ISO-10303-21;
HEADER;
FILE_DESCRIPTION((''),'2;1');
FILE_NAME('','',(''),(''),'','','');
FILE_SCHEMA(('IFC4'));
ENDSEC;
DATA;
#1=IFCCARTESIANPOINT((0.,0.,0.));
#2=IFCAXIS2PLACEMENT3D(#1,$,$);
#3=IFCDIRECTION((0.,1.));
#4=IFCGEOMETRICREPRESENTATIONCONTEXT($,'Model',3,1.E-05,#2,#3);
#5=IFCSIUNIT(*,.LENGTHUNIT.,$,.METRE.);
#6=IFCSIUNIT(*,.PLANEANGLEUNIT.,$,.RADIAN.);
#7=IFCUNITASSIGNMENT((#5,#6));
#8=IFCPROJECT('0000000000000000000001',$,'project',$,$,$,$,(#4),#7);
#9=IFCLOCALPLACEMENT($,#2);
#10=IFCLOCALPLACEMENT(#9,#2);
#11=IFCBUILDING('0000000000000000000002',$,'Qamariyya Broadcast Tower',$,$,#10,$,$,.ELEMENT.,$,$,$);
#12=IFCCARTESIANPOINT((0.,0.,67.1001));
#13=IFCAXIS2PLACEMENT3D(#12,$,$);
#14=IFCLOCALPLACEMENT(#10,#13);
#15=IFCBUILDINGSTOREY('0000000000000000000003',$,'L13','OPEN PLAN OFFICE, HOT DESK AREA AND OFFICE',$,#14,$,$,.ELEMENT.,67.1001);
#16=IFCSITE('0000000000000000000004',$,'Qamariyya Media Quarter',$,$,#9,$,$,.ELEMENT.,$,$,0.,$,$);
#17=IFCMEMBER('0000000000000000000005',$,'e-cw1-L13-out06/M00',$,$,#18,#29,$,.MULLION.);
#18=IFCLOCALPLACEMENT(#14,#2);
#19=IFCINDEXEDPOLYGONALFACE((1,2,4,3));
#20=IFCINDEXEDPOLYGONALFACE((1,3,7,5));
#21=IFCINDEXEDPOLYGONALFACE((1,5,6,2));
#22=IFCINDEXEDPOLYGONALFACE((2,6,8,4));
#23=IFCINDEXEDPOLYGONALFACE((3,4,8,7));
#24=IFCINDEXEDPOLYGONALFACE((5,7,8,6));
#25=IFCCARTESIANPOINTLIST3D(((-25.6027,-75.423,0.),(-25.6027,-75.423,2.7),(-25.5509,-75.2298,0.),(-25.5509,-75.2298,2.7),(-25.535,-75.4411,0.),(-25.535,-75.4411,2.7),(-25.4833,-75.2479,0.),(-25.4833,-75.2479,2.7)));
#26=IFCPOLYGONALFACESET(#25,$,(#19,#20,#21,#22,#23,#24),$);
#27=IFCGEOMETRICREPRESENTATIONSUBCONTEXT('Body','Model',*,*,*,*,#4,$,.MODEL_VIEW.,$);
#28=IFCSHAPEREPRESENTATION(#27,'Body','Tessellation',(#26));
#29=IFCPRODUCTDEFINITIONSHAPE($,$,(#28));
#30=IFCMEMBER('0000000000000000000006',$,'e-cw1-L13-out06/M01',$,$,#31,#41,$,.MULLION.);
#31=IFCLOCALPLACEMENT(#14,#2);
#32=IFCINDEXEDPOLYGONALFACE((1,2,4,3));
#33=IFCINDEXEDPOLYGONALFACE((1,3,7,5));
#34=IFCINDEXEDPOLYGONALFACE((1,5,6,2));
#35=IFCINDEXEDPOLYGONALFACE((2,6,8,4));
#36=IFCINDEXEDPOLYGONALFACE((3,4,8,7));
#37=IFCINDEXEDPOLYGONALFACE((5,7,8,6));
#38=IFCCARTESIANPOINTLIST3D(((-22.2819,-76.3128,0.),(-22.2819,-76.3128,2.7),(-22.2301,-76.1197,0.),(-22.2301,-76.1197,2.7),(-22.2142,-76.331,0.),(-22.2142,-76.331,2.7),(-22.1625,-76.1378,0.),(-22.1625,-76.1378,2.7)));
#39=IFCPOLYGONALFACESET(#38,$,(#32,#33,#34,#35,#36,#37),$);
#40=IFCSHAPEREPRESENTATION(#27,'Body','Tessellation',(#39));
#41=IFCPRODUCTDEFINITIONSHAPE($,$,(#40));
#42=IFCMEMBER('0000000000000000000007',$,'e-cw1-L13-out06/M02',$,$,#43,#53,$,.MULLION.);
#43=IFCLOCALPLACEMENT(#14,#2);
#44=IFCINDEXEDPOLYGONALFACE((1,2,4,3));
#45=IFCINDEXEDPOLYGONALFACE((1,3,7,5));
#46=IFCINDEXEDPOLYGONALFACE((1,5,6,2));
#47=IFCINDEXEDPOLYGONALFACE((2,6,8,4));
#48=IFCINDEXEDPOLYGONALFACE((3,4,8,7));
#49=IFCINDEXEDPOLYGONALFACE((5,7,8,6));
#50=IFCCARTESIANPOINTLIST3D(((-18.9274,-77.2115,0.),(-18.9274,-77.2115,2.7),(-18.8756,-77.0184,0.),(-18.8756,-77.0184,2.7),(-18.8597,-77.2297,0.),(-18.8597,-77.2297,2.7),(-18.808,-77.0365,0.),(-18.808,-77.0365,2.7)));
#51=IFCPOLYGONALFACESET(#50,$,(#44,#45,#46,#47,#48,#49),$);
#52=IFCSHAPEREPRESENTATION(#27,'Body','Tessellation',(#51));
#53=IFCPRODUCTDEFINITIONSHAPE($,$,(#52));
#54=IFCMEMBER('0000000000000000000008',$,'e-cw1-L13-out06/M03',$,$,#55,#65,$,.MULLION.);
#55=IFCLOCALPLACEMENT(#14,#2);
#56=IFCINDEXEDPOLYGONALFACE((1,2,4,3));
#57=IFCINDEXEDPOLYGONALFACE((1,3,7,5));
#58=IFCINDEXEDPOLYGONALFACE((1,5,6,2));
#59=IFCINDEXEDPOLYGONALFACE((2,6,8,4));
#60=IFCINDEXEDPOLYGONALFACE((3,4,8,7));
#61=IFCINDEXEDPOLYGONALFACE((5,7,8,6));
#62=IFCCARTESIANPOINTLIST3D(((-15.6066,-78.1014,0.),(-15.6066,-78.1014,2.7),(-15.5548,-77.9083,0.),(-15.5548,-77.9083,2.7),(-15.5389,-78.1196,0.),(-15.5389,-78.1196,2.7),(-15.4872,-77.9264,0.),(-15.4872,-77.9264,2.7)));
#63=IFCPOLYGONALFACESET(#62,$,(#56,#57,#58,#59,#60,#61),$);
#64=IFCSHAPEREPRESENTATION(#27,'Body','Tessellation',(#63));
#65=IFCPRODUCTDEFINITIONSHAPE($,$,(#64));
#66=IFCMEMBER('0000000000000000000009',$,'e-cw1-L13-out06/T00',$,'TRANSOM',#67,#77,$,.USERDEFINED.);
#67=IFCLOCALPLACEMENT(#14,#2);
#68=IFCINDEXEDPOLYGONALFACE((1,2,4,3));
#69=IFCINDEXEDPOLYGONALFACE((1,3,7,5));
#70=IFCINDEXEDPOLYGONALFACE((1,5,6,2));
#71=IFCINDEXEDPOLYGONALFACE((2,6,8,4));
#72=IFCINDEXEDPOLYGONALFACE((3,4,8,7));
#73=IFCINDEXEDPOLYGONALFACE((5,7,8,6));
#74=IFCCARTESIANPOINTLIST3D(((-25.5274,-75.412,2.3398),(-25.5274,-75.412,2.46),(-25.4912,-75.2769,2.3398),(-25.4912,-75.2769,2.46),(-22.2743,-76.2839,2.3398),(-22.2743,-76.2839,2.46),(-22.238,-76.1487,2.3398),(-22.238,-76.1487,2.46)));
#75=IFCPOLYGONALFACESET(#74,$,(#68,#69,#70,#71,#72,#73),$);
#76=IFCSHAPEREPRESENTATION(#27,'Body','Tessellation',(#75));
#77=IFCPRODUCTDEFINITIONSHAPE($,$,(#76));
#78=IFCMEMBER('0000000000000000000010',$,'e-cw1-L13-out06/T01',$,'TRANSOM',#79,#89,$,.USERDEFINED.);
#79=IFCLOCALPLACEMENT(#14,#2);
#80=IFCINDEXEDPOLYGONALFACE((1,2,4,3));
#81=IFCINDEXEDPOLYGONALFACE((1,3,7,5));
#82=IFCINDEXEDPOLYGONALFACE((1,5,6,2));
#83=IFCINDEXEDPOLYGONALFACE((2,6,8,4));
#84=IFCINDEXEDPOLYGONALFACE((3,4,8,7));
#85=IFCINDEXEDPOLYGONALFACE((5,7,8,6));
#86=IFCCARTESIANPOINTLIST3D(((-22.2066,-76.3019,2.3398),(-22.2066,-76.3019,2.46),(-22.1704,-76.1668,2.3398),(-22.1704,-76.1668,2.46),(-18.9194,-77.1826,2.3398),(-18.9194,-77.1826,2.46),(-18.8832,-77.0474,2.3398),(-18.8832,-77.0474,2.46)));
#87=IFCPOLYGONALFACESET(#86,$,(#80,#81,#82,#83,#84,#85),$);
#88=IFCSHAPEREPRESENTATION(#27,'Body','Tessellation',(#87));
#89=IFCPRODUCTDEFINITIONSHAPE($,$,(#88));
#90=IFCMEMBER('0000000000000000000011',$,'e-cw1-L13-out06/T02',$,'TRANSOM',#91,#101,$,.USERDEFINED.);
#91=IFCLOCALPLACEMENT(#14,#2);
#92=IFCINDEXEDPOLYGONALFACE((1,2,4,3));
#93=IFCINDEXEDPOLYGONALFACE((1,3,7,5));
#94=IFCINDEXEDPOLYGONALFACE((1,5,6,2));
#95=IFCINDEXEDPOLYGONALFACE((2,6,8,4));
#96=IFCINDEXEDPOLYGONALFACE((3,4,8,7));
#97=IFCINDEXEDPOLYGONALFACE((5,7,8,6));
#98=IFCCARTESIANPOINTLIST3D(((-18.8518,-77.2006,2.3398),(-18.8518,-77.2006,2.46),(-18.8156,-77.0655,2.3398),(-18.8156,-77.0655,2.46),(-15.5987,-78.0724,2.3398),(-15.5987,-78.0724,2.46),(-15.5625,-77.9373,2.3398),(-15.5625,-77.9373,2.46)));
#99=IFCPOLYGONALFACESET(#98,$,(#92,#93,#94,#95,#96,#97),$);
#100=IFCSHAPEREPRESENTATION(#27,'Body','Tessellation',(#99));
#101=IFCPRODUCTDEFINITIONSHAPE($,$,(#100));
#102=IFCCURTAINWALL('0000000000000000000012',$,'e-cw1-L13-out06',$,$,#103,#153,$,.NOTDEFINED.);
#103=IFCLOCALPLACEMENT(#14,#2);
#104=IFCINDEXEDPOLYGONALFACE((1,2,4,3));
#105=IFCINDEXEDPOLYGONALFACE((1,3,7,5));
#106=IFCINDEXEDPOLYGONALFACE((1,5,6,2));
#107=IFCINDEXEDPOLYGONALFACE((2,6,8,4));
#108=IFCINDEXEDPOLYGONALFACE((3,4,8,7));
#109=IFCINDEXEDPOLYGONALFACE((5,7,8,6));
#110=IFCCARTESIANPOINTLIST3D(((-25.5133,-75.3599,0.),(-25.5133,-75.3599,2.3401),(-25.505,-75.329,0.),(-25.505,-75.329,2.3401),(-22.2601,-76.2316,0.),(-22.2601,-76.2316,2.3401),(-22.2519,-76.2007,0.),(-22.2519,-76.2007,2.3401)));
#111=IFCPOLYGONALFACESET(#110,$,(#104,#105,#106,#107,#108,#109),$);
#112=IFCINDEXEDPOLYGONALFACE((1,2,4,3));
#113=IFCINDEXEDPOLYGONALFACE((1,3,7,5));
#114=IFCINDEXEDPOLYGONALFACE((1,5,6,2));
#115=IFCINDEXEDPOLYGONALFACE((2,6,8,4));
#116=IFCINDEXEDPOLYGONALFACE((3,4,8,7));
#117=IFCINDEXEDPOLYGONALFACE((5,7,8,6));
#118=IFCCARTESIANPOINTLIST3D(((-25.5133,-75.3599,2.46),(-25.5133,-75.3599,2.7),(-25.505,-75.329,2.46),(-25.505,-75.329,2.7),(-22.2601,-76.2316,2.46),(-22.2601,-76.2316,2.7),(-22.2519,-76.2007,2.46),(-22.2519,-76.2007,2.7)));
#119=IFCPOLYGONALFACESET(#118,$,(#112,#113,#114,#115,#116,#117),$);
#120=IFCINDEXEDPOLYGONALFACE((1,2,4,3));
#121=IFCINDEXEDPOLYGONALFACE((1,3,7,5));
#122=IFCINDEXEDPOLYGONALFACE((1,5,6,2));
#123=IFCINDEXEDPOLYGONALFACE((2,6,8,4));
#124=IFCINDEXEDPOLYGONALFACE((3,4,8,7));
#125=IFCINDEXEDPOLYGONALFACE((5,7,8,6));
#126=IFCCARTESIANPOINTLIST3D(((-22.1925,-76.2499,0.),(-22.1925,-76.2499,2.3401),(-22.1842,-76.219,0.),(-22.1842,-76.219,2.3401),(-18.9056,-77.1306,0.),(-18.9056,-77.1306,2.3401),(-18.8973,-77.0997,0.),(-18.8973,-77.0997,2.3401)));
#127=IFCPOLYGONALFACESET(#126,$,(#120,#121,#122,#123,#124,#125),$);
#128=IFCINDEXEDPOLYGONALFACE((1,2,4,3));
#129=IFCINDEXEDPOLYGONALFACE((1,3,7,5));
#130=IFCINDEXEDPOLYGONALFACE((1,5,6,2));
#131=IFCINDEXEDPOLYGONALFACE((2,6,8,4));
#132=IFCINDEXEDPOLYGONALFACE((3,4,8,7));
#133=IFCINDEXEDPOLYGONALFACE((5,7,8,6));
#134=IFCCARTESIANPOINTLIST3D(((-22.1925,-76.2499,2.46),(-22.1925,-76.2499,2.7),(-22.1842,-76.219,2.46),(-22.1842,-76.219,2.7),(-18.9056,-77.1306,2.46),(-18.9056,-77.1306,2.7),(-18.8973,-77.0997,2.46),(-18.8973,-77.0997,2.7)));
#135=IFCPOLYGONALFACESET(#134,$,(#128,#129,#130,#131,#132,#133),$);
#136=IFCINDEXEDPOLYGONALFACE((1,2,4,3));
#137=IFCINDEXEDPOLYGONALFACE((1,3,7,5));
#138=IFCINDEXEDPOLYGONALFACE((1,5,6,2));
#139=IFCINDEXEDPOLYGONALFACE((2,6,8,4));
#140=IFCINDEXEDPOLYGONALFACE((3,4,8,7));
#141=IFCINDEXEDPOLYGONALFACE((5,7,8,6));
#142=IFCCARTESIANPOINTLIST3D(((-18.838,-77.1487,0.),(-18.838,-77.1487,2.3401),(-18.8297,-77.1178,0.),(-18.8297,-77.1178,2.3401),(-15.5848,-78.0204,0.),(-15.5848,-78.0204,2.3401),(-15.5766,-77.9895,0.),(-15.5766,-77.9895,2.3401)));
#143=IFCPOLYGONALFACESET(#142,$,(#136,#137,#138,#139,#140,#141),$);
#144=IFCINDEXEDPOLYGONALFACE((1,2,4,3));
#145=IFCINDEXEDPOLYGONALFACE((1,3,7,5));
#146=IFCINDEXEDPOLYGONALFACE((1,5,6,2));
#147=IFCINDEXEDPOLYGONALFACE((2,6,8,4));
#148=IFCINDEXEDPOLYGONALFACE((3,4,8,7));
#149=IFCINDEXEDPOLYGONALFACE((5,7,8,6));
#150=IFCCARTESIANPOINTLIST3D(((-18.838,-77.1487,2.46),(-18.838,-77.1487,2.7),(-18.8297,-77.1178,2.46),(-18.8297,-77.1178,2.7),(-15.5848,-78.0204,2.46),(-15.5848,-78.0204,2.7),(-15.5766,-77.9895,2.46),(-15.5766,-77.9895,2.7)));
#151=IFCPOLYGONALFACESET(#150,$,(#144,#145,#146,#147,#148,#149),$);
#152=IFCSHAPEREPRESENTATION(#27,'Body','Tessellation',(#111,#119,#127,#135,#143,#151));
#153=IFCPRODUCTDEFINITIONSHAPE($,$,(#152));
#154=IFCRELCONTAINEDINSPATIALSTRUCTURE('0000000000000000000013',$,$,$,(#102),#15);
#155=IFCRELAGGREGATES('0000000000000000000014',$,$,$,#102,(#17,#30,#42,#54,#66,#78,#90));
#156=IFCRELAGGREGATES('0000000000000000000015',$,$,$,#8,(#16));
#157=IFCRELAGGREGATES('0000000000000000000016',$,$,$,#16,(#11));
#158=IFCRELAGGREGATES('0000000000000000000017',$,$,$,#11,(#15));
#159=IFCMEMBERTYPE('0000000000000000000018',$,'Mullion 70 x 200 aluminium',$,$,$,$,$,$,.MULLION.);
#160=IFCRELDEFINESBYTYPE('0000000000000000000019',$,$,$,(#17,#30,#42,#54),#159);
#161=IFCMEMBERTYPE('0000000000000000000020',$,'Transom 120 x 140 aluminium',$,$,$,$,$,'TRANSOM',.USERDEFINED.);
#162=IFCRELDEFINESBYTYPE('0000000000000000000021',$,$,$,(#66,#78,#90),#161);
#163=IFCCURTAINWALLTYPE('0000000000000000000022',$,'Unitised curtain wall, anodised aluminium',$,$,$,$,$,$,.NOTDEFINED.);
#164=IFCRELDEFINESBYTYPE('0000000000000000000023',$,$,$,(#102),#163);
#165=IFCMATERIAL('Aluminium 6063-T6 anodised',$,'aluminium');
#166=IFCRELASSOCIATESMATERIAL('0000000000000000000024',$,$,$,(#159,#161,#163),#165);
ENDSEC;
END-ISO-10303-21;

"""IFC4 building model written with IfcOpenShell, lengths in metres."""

from ifc_helpers import new_model, si_unit, direction, frame, origin, origin_2d, place, context, subcontext, project, spatial, rectangle, extrude, material, material_profile, profile_set, type_object, element, aggregate, save


model = new_model("IFC4")

# Units and contexts
model_context = context("Model", 3, precision=1e-05, world=origin(), true_north=direction((0.0, 1.0)))
body_context = subcontext(model_context, "Body", "Model", "MODEL_VIEW")
ifc_project = project(units=[si_unit("LENGTHUNIT", "METRE"), si_unit("PLANEANGLEUNIT", "RADIAN")], contexts=[model_context])

# Members
ifc_material = material(Name="Aluminium 6063-T6 anodised", Category="aluminium")
ifc_material_profile_1 = material_profile(ifc_material, rectangle(XDim=0.2, YDim=0.0701, at=origin_2d()))
ifc_profile_set_1 = profile_set([ifc_material_profile_1], Name="Aluminium 6063-T6 anodised")
member_type_1 = type_object("IfcMemberType", Name="Mullion 70 x 200 aluminium", PredefinedType="MULLION", material=ifc_profile_set_1)
site_placement = place(None, origin())
building_placement = place(site_placement, origin())
storey_placement = place(building_placement, frame((0.0, 0.0, 67.1001)))
member_1_placement = place(storey_placement, frame((-25.543, -75.3354, 0.0), z_axis=(0.0, 0.0, 1.0), x_axis=(0.258819, 0.965926, 0.0)))
member_1 = element("IfcMember", 1, at=member_1_placement, type_object=member_type_1, Name="e-cw1-L13-out06/M00", PredefinedType="MULLION", context=body_context, shape_type="SweptSolid", body=[
    extrude(rectangle(XDim=0.2, YDim=0.0701, at=origin_2d()), origin(), (0.0, 0.0, 1.0), 2.7),
])
member_2_placement = place(storey_placement, frame((-22.2222, -76.2253, 0.0), z_axis=(0.0, 0.0, 1.0), x_axis=(0.258819, 0.965926, 0.0)))
member_2 = element("IfcMember", 2, at=member_2_placement, type_object=member_type_1, Name="e-cw1-L13-out06/M01", PredefinedType="MULLION", context=body_context, shape_type="SweptSolid", body=[
    extrude(rectangle(XDim=0.2, YDim=0.0701, at=origin_2d()), origin(), (0.0, 0.0, 1.0), 2.7),
])
member_3_placement = place(storey_placement, frame((-18.8677, -77.124, 0.0), z_axis=(0.0, 0.0, 1.0), x_axis=(0.258819, 0.965926, 0.0)))
member_3 = element("IfcMember", 3, at=member_3_placement, type_object=member_type_1, Name="e-cw1-L13-out06/M02", PredefinedType="MULLION", context=body_context, shape_type="SweptSolid", body=[
    extrude(rectangle(XDim=0.2, YDim=0.0701, at=origin_2d()), origin(), (0.0, 0.0, 1.0), 2.7),
])
member_4_placement = place(storey_placement, frame((-15.5469, -78.0139, 0.0), z_axis=(0.0, 0.0, 1.0), x_axis=(0.258819, 0.965926, 0.0)))
member_4 = element("IfcMember", 4, at=member_4_placement, type_object=member_type_1, Name="e-cw1-L13-out06/M03", PredefinedType="MULLION", context=body_context, shape_type="SweptSolid", body=[
    extrude(rectangle(XDim=0.2, YDim=0.0701, at=origin_2d()), origin(), (0.0, 0.0, 1.0), 2.7),
])
ifc_material_profile_2 = material_profile(ifc_material, rectangle(XDim=0.1399, YDim=0.1201, at=origin_2d()))
ifc_profile_set_2 = profile_set([ifc_material_profile_2], Name="Aluminium 6063-T6 anodised")
member_type_2 = type_object("IfcMemberType", Name="Transom 120 x 140 aluminium", ElementType="TRANSOM", PredefinedType="USERDEFINED", material=ifc_profile_set_2)
member_5_placement = place(storey_placement, frame((-25.5093, -75.3445, 2.3999), z_axis=(0.965915, -0.258858, 0.0), x_axis=(0.258858, 0.965915, 0.0)))
member_5 = element("IfcMember", 5, at=member_5_placement, type_object=member_type_2, Name="e-cw1-L13-out06/T00", ObjectType="TRANSOM", PredefinedType="USERDEFINED", context=body_context, shape_type="SweptSolid", body=[
    extrude(rectangle(XDim=0.1399, YDim=0.1201, at=origin_2d()), origin(), (0.0, 0.0, 1.0), 3.3679),
])
member_6_placement = place(storey_placement, frame((-22.1885, -76.2344, 2.3999), z_axis=(0.965938, -0.258774, 0.0), x_axis=(0.258774, 0.965938, 0.0)))
member_6 = element("IfcMember", 6, at=member_6_placement, type_object=member_type_2, Name="e-cw1-L13-out06/T01", ObjectType="TRANSOM", PredefinedType="USERDEFINED", context=body_context, shape_type="SweptSolid", body=[
    extrude(rectangle(XDim=0.1399, YDim=0.1201, at=origin_2d()), origin(), (0.0, 0.0, 1.0), 3.4031),
])
member_7_placement = place(storey_placement, frame((-18.8337, -77.1331, 2.3999), z_axis=(0.965915, -0.258858, 0.0), x_axis=(0.258858, 0.965915, 0.0)))
member_7 = element("IfcMember", 7, at=member_7_placement, type_object=member_type_2, Name="e-cw1-L13-out06/T02", ObjectType="TRANSOM", PredefinedType="USERDEFINED", context=body_context, shape_type="SweptSolid", body=[
    extrude(rectangle(XDim=0.1399, YDim=0.1201, at=origin_2d()), origin(), (0.0, 0.0, 1.0), 3.3679),
])

# Site, building, storey
site = spatial("IfcSite", under=ifc_project, at=site_placement, Name="Qamariyya Media Quarter", CompositionType="ELEMENT", RefElevation=0.0)
building = spatial("IfcBuilding", under=site, at=building_placement, Name="Qamariyya Broadcast Tower", CompositionType="ELEMENT")
storey = spatial("IfcBuildingStorey", under=building, at=storey_placement, Name="L13", Description="OPEN PLAN OFFICE, HOT DESK AREA AND OFFICE", CompositionType="ELEMENT", Elevation=67.1001)

# Curtain wall
curtain_wall_type = type_object("IfcCurtainWallType", Name="Unitised curtain wall, anodised aluminium", PredefinedType="NOTDEFINED", material=ifc_material)
curtain_wall_1_placement = place(storey_placement, origin())
curtain_wall_1 = element("IfcCurtainWall", 8, at=curtain_wall_1_placement, inside=storey, type_object=curtain_wall_type, Name="e-cw1-L13-out06", PredefinedType="NOTDEFINED", context=body_context, shape_type="SweptSolid", body=[
    extrude(rectangle(XDim=3.3679, YDim=0.032, at=origin_2d()), frame((-23.8826, -75.7803, 0.0), x_axis=(0.965925, -0.258822, 0.0)), (0.0, 0.0, 1.0), 2.3401),
    extrude(rectangle(XDim=3.3679, YDim=0.032, at=origin_2d()), frame((-23.8826, -75.7803, 2.46), x_axis=(0.965925, -0.258822, 0.0)), (0.0, 0.0, 1.0), 0.24),
    extrude(rectangle(XDim=3.4028, YDim=0.032, at=origin_2d()), frame((-20.5449, -76.6748, 0.0), x_axis=(0.965925, -0.258822, 0.0)), (0.0, 0.0, 1.0), 2.3401),
    extrude(rectangle(XDim=3.4028, YDim=0.032, at=origin_2d()), frame((-20.5449, -76.6748, 2.46), x_axis=(0.965925, -0.258822, 0.0)), (0.0, 0.0, 1.0), 0.24),
    extrude(rectangle(XDim=3.3679, YDim=0.032, at=origin_2d()), frame((-17.2073, -77.5691, 0.0), x_axis=(0.965925, -0.258822, 0.0)), (0.0, 0.0, 1.0), 2.3401),
    extrude(rectangle(XDim=3.3679, YDim=0.032, at=origin_2d()), frame((-17.2073, -77.5691, 2.46), x_axis=(0.965925, -0.258822, 0.0)), (0.0, 0.0, 1.0), 0.24),
])
aggregate(curtain_wall_1, [member_1, member_2, member_3, member_4, member_5, member_6, member_7])

save(model, "model.ifc")
